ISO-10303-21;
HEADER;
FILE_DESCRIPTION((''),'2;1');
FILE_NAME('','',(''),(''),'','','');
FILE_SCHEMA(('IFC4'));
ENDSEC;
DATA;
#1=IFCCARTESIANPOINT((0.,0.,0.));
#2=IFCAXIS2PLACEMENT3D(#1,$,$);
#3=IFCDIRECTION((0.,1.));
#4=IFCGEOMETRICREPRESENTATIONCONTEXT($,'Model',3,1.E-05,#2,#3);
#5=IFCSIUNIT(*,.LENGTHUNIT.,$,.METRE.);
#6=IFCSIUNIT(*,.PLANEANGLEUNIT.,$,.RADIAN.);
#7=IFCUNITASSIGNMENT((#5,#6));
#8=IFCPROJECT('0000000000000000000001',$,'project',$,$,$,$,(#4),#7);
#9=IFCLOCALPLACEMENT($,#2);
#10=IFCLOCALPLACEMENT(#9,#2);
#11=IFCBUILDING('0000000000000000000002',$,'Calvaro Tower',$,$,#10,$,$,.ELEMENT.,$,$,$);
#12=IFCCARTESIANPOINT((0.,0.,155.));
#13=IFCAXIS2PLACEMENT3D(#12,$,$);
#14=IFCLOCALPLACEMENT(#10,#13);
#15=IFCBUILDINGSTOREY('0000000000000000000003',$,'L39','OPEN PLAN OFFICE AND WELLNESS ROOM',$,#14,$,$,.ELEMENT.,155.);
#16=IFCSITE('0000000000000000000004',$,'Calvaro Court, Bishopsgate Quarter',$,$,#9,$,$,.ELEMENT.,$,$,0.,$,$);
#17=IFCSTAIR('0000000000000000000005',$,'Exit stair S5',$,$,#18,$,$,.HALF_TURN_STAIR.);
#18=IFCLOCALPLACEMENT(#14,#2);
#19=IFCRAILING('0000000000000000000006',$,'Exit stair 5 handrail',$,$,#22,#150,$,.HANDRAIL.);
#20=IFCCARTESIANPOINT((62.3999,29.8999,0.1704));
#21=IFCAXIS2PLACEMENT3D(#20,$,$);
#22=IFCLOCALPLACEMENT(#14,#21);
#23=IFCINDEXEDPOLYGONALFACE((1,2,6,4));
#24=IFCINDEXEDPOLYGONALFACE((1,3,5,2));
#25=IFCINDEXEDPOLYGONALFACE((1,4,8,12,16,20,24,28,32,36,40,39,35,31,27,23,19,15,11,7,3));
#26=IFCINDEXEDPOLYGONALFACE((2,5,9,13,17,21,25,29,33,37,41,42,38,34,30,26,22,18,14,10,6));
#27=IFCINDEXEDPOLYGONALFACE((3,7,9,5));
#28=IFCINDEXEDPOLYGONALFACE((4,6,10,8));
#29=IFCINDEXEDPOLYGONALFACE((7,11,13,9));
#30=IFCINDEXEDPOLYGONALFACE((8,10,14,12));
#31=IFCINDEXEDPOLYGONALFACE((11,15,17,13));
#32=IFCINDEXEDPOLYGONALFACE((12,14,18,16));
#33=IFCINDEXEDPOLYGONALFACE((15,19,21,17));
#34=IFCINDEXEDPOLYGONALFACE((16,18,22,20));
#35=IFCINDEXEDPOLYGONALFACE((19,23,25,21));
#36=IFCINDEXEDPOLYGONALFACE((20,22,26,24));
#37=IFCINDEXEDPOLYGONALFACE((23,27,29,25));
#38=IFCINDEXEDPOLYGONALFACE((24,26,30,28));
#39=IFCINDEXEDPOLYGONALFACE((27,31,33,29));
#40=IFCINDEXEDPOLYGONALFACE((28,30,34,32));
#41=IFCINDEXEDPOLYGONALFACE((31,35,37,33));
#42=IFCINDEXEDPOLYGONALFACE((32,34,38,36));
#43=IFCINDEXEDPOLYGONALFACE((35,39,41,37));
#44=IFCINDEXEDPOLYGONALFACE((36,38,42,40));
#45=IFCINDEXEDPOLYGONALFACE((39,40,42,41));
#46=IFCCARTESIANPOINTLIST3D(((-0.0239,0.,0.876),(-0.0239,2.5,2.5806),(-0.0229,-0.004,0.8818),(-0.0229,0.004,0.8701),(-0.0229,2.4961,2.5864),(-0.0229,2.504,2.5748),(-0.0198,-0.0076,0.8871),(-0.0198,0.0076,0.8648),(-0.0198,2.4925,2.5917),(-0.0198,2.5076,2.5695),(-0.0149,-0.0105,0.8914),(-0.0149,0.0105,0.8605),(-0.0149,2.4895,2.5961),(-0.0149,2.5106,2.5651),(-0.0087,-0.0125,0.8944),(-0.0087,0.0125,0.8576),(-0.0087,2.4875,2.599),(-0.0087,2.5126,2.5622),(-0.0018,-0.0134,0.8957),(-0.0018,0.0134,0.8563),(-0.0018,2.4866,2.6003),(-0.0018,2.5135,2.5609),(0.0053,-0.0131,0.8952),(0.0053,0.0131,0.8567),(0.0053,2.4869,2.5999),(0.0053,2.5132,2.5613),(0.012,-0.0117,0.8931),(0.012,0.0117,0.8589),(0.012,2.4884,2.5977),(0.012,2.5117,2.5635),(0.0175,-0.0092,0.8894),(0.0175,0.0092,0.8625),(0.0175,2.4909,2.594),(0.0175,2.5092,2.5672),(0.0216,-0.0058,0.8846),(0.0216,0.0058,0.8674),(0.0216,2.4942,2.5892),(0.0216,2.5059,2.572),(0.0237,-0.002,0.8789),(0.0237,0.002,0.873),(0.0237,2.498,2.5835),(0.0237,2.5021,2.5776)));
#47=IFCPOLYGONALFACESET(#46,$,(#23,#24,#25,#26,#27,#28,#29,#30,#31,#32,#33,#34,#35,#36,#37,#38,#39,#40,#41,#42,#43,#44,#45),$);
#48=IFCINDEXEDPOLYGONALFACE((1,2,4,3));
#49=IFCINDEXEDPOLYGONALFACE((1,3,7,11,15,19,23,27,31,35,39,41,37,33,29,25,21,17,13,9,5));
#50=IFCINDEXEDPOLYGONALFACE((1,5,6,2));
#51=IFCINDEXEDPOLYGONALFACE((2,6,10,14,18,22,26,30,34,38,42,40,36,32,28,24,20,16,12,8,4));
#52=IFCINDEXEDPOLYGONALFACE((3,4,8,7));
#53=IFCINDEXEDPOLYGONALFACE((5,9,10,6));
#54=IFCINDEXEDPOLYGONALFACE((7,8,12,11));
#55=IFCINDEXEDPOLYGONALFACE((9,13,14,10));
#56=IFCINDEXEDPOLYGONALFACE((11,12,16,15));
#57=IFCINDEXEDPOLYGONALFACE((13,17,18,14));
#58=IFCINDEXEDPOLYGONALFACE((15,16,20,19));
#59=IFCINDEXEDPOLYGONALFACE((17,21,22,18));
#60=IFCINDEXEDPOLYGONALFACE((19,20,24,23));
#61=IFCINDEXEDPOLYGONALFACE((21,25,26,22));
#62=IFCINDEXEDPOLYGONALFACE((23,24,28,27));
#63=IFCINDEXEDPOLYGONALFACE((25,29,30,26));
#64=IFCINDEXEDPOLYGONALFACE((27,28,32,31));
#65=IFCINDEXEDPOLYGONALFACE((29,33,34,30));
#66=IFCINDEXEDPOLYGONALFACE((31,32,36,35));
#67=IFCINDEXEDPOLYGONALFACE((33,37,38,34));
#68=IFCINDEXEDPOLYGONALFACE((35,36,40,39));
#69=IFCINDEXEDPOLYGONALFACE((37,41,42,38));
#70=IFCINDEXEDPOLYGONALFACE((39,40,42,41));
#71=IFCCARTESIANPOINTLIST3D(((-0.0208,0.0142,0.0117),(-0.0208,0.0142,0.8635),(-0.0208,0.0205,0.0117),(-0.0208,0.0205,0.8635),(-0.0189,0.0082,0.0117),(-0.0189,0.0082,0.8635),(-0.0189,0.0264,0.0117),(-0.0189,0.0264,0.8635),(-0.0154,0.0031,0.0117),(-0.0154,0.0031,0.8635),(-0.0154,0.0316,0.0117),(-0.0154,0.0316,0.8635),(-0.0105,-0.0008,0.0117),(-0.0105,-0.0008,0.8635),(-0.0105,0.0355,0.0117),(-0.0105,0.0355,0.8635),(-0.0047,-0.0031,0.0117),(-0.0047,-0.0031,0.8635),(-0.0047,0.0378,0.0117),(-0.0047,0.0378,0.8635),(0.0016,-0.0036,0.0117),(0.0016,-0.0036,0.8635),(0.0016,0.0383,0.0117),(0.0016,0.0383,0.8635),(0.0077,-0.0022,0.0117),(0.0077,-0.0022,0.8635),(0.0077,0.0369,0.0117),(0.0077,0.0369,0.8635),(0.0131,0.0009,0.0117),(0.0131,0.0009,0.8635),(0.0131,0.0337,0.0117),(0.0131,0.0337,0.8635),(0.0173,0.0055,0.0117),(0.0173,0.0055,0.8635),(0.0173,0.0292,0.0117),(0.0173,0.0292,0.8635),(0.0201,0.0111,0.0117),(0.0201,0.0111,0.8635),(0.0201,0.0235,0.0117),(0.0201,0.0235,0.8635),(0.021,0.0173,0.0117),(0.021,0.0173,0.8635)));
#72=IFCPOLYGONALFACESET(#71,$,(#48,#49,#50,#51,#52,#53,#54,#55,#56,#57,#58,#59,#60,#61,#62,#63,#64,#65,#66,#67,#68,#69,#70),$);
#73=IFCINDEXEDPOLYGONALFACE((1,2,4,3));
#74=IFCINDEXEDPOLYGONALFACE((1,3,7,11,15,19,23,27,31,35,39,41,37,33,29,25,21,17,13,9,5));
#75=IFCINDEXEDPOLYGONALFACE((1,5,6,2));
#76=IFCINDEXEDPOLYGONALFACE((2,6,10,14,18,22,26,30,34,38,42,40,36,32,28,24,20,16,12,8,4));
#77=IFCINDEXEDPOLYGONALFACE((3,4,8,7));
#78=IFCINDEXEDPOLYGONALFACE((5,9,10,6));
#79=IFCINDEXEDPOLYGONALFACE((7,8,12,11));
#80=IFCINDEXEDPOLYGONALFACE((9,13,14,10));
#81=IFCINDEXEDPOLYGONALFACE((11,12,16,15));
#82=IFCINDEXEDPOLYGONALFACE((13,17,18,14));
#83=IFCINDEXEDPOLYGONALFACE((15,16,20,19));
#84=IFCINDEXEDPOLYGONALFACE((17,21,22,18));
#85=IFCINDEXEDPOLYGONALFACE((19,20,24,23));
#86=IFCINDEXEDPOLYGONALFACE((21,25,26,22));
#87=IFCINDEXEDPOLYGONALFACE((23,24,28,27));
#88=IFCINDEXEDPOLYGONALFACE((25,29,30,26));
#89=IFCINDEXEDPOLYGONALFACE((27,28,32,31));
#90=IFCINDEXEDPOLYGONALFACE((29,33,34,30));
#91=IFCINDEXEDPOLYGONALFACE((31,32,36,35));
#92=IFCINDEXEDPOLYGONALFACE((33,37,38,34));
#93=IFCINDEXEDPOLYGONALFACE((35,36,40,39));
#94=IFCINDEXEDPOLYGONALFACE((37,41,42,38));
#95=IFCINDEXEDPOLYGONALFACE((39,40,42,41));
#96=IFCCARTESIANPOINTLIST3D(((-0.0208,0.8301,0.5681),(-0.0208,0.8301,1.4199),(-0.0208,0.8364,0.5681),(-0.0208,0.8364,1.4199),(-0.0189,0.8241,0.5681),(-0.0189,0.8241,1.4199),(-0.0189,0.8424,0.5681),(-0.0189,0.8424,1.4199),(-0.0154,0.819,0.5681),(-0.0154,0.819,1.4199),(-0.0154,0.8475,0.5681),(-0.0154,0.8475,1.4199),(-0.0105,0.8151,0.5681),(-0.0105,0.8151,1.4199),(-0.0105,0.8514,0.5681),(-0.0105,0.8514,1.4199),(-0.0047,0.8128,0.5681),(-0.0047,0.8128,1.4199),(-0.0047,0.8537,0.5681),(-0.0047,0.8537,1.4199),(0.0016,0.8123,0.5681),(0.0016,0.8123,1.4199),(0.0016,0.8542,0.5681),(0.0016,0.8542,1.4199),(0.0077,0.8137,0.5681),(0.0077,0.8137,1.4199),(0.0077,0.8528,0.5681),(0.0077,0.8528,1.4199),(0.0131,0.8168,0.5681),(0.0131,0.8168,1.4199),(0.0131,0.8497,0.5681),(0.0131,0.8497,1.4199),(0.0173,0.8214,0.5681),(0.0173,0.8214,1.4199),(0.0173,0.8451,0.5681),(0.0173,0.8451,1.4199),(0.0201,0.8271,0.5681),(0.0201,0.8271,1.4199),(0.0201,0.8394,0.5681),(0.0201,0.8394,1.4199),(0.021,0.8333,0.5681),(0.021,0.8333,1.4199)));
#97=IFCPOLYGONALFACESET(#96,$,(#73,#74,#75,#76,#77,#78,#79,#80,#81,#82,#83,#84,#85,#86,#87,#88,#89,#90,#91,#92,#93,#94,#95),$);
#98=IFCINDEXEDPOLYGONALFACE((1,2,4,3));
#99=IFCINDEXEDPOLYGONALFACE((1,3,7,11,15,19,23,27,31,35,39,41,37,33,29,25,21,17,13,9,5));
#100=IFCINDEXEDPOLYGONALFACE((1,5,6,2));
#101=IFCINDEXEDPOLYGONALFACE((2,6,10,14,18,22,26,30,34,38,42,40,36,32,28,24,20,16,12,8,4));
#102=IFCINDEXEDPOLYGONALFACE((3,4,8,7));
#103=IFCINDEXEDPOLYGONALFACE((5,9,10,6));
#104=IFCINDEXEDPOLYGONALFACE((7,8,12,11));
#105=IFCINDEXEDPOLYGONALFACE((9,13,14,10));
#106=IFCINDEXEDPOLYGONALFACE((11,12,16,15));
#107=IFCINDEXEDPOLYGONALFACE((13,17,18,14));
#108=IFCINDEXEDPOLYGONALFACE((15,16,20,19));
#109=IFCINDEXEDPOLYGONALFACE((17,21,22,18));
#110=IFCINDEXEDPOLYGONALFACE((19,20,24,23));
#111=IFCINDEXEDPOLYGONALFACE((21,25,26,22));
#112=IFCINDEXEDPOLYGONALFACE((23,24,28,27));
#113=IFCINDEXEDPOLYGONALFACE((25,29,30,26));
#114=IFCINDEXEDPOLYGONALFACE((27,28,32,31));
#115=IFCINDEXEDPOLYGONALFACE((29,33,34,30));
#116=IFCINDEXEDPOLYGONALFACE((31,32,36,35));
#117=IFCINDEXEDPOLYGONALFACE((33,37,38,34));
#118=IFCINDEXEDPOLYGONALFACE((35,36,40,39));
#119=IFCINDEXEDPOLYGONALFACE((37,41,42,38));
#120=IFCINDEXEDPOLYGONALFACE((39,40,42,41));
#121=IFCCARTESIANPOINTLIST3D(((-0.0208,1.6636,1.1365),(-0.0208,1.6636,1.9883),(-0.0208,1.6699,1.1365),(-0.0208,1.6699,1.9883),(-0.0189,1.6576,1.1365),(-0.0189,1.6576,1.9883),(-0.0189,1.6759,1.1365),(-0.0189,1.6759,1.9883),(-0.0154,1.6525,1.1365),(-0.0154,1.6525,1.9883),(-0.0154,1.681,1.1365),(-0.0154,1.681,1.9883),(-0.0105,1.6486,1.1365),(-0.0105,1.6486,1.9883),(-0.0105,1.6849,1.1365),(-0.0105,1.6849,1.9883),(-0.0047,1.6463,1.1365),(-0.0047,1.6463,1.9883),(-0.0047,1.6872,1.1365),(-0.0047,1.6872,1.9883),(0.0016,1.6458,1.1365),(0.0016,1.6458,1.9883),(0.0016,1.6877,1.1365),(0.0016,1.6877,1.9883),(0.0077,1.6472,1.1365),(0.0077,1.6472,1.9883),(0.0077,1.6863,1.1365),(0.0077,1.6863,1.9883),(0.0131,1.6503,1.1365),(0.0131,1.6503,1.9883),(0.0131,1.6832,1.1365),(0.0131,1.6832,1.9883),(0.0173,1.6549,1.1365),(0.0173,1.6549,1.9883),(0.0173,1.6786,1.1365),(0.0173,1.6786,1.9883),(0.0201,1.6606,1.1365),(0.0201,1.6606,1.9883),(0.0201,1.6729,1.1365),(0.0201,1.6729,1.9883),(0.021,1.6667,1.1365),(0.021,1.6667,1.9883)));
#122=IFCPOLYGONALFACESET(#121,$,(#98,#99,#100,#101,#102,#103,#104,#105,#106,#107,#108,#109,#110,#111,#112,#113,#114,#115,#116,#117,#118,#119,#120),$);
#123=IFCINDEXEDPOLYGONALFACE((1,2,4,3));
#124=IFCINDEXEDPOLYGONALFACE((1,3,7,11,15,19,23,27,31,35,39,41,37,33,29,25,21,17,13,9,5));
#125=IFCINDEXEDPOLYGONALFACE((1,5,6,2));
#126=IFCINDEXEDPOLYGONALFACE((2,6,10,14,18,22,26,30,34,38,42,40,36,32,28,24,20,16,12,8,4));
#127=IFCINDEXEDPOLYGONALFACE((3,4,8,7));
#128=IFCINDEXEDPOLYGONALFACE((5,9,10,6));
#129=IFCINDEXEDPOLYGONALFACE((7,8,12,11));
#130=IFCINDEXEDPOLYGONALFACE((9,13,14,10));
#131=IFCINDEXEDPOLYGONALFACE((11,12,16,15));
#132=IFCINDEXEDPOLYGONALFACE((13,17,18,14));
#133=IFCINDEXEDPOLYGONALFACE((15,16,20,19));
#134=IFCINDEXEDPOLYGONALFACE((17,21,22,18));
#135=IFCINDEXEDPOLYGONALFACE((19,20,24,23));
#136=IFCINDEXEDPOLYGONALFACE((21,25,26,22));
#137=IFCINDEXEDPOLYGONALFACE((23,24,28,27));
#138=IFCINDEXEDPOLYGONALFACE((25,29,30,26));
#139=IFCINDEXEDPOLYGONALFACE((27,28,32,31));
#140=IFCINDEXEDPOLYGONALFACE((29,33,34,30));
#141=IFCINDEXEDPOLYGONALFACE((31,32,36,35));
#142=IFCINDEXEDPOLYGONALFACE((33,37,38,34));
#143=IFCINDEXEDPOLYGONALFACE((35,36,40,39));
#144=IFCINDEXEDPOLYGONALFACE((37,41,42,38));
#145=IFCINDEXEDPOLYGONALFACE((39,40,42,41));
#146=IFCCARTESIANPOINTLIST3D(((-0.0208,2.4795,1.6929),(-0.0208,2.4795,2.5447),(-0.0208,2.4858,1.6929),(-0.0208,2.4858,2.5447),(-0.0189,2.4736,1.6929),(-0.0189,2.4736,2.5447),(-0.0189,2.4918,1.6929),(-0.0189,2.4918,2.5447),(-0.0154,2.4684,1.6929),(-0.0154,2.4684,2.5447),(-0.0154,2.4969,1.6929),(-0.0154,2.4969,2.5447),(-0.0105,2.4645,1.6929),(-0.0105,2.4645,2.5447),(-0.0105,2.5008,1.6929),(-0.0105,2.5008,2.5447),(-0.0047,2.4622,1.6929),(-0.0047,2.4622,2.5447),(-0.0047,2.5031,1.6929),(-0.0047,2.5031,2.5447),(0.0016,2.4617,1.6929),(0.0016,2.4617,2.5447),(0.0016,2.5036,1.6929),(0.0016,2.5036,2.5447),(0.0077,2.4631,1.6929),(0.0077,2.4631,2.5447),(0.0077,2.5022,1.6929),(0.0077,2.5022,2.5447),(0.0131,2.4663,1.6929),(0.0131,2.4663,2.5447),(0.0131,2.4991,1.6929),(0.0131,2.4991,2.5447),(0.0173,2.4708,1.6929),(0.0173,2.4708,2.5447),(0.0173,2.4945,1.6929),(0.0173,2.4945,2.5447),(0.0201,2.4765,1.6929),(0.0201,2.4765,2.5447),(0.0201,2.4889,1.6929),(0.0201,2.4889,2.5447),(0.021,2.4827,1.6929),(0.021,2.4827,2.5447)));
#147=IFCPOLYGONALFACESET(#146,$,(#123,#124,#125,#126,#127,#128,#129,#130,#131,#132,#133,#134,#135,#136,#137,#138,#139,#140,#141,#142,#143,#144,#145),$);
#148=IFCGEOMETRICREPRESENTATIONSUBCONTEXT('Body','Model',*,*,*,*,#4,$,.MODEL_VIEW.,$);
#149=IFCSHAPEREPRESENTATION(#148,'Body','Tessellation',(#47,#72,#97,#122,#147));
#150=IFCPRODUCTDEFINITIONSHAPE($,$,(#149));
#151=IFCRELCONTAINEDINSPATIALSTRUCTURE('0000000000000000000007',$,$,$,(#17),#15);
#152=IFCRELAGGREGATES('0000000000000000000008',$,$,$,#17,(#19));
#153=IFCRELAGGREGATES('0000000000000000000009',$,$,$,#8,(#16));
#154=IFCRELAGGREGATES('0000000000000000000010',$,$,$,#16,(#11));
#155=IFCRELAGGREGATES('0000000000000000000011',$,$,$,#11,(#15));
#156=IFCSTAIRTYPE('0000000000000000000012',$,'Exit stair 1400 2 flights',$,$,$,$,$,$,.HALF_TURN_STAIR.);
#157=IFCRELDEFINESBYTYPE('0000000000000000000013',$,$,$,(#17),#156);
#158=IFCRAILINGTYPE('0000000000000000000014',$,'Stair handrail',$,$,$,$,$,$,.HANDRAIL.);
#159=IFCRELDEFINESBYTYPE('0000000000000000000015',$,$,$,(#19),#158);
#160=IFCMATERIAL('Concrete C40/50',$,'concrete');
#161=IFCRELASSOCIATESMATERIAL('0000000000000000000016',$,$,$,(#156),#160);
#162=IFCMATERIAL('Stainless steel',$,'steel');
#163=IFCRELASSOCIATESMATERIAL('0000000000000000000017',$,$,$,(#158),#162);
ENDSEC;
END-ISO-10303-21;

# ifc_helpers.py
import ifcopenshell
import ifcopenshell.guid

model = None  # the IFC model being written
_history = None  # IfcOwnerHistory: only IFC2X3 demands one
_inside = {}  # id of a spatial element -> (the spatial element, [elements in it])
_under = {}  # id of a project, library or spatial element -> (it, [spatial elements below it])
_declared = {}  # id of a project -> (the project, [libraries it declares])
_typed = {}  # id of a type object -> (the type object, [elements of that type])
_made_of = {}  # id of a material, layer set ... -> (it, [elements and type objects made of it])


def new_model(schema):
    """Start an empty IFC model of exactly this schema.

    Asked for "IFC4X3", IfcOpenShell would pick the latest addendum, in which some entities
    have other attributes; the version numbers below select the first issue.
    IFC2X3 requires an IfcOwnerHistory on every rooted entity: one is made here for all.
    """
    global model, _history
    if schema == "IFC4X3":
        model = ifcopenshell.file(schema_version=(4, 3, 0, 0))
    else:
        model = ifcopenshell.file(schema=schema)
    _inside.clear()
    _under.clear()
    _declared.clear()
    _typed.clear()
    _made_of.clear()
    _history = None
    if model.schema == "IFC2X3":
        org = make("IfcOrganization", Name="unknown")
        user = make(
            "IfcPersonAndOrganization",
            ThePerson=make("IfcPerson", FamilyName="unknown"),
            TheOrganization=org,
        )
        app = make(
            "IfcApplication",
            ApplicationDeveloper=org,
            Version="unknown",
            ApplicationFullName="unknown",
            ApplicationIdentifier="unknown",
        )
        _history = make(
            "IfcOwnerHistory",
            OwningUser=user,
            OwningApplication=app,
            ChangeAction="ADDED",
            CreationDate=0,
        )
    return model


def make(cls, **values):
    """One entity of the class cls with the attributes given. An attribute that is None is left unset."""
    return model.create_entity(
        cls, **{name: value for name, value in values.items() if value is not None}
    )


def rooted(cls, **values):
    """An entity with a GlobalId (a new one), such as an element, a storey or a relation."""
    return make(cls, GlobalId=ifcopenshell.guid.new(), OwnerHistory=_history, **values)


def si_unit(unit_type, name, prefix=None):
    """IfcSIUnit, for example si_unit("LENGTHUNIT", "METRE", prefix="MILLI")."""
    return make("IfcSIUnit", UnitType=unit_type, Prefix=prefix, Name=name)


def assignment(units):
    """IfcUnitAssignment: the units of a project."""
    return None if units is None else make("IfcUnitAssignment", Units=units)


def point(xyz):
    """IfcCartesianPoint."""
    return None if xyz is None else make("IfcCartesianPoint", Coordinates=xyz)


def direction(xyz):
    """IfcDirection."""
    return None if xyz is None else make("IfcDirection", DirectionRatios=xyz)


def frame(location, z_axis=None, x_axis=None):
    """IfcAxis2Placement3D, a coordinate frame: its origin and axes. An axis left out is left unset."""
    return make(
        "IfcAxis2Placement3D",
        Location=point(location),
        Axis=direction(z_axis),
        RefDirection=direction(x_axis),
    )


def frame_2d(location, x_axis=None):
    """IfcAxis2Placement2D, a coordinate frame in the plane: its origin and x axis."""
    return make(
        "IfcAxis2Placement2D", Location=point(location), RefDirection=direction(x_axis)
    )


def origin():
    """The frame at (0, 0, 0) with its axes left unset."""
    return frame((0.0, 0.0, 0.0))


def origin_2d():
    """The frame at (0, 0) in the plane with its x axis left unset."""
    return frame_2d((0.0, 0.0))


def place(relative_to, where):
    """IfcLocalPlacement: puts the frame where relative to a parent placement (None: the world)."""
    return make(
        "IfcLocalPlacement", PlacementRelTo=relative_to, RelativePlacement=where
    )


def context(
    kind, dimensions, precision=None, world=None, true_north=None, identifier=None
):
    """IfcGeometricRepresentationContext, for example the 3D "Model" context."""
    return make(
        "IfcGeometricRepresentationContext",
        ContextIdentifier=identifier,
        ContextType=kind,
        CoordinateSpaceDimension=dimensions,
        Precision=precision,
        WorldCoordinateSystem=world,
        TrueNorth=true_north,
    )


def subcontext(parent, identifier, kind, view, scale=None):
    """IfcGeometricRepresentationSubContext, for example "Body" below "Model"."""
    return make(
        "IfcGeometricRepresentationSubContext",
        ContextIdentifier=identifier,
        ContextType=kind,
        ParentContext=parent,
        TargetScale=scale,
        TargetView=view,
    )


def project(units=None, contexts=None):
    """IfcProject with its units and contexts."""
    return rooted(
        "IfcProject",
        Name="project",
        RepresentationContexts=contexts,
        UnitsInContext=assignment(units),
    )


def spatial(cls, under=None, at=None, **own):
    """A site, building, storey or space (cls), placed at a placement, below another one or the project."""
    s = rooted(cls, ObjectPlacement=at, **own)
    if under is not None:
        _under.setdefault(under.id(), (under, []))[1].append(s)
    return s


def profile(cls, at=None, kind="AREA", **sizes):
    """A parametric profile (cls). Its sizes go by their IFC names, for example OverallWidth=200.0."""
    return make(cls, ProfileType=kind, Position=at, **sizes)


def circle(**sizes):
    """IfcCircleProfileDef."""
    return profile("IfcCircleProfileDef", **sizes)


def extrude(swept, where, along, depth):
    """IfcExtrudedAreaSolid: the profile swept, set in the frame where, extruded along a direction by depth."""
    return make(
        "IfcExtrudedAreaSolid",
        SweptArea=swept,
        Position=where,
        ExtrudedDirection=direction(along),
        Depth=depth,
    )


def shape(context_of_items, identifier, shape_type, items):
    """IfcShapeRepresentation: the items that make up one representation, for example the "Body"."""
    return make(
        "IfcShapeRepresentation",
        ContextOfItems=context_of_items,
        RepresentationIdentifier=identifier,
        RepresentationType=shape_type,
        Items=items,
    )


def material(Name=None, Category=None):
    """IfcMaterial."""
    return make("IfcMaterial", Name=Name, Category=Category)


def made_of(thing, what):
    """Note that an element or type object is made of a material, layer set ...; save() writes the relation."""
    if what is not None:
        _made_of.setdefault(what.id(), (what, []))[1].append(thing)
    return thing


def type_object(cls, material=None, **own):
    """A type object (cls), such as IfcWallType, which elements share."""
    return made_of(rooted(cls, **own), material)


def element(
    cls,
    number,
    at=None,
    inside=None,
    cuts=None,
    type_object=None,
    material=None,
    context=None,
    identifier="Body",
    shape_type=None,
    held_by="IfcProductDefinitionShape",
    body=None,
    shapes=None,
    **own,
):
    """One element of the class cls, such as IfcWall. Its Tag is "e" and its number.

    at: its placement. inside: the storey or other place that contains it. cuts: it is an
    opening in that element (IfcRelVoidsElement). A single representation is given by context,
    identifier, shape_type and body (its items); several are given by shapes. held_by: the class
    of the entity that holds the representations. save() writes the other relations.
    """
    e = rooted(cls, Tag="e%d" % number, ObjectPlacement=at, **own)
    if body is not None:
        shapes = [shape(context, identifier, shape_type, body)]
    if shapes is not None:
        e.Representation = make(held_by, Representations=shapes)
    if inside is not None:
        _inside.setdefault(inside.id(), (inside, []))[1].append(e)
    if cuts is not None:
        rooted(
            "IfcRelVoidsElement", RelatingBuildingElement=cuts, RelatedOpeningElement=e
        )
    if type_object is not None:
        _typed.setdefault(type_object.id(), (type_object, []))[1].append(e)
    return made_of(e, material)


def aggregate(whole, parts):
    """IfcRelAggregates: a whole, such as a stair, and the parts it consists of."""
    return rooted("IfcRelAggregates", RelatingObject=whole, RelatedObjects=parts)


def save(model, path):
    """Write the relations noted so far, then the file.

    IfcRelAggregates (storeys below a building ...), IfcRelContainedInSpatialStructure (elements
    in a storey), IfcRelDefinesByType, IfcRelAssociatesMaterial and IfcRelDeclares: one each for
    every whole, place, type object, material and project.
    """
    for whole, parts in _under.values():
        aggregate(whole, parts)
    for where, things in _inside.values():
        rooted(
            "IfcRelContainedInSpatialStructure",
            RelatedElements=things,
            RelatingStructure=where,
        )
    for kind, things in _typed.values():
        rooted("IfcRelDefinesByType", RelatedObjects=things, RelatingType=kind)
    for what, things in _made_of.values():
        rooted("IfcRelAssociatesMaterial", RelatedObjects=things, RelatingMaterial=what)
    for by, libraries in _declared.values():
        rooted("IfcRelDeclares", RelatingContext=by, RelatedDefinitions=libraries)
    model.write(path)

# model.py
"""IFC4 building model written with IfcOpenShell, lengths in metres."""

from ifc_helpers import new_model, si_unit, direction, frame, origin, origin_2d, place, context, subcontext, project, spatial, circle, extrude, material, type_object, element, aggregate, save


model = new_model("IFC4")

# Units and contexts
model_context = context("Model", 3, precision=1e-05, world=origin(), true_north=direction((0.0, 1.0)))
body_context = subcontext(model_context, "Body", "Model", "MODEL_VIEW")
ifc_project = project(units=[si_unit("LENGTHUNIT", "METRE"), si_unit("PLANEANGLEUNIT", "RADIAN")], contexts=[model_context])

# Site, building, storey
site_placement = place(None, origin())
site = spatial("IfcSite", under=ifc_project, at=site_placement, Name="Calvaro Court, Bishopsgate Quarter", CompositionType="ELEMENT", RefElevation=0.0)
building_placement = place(site_placement, origin())
building = spatial("IfcBuilding", under=site, at=building_placement, Name="Calvaro Tower", CompositionType="ELEMENT")
storey_placement = place(building_placement, frame((0.0, 0.0, 155.0)))
storey = spatial("IfcBuildingStorey", under=building, at=storey_placement, Name="L39", Description="OPEN PLAN OFFICE AND WELLNESS ROOM", CompositionType="ELEMENT", Elevation=155.0)

# Stair, railing
ifc_material_1 = material(Name="Concrete C40/50", Category="concrete")
stair_type = type_object("IfcStairType", Name="Exit stair 1400 2 flights", PredefinedType="HALF_TURN_STAIR", material=ifc_material_1)
stair_placement = place(storey_placement, origin())
stair = element("IfcStair", 1, at=stair_placement, inside=storey, type_object=stair_type, Name="Exit stair S5", PredefinedType="HALF_TURN_STAIR")
ifc_material_2 = material(Name="Stainless steel", Category="steel")
railing_type = type_object("IfcRailingType", Name="Stair handrail", PredefinedType="HANDRAIL", material=ifc_material_2)
railing_1_placement = place(storey_placement, frame((62.3999, 29.8999, 0.1704)))
railing_1 = element("IfcRailing", 2, at=railing_1_placement, type_object=railing_type, Name="Exit stair 5 handrail", PredefinedType="HANDRAIL", context=body_context, shape_type="SweptSolid", body=[
    extrude(circle(Radius=0.0239, at=origin_2d()), frame((0.0, 0.0, 0.876), z_axis=(0.0, 0.826221, 0.563347), x_axis=(-1.0, 0.0, 0.0)), (0.0, 0.0, 1.0), 3.0259),
    extrude(circle(Radius=0.021, at=origin_2d()), frame((0.0, 0.0173, 0.0117)), (0.0, 0.0, 1.0), 0.8518),
    extrude(circle(Radius=0.021, at=origin_2d()), frame((0.0, 0.8333, 0.5681)), (0.0, 0.0, 1.0), 0.8518),
    extrude(circle(Radius=0.021, at=origin_2d()), frame((0.0, 1.6667, 1.1365)), (0.0, 0.0, 1.0), 0.8518),
    extrude(circle(Radius=0.021, at=origin_2d()), frame((0.0, 2.4827, 1.6929)), (0.0, 0.0, 1.0), 0.8518),
])
aggregate(stair, [railing_1])

save(model, "model.ifc")
